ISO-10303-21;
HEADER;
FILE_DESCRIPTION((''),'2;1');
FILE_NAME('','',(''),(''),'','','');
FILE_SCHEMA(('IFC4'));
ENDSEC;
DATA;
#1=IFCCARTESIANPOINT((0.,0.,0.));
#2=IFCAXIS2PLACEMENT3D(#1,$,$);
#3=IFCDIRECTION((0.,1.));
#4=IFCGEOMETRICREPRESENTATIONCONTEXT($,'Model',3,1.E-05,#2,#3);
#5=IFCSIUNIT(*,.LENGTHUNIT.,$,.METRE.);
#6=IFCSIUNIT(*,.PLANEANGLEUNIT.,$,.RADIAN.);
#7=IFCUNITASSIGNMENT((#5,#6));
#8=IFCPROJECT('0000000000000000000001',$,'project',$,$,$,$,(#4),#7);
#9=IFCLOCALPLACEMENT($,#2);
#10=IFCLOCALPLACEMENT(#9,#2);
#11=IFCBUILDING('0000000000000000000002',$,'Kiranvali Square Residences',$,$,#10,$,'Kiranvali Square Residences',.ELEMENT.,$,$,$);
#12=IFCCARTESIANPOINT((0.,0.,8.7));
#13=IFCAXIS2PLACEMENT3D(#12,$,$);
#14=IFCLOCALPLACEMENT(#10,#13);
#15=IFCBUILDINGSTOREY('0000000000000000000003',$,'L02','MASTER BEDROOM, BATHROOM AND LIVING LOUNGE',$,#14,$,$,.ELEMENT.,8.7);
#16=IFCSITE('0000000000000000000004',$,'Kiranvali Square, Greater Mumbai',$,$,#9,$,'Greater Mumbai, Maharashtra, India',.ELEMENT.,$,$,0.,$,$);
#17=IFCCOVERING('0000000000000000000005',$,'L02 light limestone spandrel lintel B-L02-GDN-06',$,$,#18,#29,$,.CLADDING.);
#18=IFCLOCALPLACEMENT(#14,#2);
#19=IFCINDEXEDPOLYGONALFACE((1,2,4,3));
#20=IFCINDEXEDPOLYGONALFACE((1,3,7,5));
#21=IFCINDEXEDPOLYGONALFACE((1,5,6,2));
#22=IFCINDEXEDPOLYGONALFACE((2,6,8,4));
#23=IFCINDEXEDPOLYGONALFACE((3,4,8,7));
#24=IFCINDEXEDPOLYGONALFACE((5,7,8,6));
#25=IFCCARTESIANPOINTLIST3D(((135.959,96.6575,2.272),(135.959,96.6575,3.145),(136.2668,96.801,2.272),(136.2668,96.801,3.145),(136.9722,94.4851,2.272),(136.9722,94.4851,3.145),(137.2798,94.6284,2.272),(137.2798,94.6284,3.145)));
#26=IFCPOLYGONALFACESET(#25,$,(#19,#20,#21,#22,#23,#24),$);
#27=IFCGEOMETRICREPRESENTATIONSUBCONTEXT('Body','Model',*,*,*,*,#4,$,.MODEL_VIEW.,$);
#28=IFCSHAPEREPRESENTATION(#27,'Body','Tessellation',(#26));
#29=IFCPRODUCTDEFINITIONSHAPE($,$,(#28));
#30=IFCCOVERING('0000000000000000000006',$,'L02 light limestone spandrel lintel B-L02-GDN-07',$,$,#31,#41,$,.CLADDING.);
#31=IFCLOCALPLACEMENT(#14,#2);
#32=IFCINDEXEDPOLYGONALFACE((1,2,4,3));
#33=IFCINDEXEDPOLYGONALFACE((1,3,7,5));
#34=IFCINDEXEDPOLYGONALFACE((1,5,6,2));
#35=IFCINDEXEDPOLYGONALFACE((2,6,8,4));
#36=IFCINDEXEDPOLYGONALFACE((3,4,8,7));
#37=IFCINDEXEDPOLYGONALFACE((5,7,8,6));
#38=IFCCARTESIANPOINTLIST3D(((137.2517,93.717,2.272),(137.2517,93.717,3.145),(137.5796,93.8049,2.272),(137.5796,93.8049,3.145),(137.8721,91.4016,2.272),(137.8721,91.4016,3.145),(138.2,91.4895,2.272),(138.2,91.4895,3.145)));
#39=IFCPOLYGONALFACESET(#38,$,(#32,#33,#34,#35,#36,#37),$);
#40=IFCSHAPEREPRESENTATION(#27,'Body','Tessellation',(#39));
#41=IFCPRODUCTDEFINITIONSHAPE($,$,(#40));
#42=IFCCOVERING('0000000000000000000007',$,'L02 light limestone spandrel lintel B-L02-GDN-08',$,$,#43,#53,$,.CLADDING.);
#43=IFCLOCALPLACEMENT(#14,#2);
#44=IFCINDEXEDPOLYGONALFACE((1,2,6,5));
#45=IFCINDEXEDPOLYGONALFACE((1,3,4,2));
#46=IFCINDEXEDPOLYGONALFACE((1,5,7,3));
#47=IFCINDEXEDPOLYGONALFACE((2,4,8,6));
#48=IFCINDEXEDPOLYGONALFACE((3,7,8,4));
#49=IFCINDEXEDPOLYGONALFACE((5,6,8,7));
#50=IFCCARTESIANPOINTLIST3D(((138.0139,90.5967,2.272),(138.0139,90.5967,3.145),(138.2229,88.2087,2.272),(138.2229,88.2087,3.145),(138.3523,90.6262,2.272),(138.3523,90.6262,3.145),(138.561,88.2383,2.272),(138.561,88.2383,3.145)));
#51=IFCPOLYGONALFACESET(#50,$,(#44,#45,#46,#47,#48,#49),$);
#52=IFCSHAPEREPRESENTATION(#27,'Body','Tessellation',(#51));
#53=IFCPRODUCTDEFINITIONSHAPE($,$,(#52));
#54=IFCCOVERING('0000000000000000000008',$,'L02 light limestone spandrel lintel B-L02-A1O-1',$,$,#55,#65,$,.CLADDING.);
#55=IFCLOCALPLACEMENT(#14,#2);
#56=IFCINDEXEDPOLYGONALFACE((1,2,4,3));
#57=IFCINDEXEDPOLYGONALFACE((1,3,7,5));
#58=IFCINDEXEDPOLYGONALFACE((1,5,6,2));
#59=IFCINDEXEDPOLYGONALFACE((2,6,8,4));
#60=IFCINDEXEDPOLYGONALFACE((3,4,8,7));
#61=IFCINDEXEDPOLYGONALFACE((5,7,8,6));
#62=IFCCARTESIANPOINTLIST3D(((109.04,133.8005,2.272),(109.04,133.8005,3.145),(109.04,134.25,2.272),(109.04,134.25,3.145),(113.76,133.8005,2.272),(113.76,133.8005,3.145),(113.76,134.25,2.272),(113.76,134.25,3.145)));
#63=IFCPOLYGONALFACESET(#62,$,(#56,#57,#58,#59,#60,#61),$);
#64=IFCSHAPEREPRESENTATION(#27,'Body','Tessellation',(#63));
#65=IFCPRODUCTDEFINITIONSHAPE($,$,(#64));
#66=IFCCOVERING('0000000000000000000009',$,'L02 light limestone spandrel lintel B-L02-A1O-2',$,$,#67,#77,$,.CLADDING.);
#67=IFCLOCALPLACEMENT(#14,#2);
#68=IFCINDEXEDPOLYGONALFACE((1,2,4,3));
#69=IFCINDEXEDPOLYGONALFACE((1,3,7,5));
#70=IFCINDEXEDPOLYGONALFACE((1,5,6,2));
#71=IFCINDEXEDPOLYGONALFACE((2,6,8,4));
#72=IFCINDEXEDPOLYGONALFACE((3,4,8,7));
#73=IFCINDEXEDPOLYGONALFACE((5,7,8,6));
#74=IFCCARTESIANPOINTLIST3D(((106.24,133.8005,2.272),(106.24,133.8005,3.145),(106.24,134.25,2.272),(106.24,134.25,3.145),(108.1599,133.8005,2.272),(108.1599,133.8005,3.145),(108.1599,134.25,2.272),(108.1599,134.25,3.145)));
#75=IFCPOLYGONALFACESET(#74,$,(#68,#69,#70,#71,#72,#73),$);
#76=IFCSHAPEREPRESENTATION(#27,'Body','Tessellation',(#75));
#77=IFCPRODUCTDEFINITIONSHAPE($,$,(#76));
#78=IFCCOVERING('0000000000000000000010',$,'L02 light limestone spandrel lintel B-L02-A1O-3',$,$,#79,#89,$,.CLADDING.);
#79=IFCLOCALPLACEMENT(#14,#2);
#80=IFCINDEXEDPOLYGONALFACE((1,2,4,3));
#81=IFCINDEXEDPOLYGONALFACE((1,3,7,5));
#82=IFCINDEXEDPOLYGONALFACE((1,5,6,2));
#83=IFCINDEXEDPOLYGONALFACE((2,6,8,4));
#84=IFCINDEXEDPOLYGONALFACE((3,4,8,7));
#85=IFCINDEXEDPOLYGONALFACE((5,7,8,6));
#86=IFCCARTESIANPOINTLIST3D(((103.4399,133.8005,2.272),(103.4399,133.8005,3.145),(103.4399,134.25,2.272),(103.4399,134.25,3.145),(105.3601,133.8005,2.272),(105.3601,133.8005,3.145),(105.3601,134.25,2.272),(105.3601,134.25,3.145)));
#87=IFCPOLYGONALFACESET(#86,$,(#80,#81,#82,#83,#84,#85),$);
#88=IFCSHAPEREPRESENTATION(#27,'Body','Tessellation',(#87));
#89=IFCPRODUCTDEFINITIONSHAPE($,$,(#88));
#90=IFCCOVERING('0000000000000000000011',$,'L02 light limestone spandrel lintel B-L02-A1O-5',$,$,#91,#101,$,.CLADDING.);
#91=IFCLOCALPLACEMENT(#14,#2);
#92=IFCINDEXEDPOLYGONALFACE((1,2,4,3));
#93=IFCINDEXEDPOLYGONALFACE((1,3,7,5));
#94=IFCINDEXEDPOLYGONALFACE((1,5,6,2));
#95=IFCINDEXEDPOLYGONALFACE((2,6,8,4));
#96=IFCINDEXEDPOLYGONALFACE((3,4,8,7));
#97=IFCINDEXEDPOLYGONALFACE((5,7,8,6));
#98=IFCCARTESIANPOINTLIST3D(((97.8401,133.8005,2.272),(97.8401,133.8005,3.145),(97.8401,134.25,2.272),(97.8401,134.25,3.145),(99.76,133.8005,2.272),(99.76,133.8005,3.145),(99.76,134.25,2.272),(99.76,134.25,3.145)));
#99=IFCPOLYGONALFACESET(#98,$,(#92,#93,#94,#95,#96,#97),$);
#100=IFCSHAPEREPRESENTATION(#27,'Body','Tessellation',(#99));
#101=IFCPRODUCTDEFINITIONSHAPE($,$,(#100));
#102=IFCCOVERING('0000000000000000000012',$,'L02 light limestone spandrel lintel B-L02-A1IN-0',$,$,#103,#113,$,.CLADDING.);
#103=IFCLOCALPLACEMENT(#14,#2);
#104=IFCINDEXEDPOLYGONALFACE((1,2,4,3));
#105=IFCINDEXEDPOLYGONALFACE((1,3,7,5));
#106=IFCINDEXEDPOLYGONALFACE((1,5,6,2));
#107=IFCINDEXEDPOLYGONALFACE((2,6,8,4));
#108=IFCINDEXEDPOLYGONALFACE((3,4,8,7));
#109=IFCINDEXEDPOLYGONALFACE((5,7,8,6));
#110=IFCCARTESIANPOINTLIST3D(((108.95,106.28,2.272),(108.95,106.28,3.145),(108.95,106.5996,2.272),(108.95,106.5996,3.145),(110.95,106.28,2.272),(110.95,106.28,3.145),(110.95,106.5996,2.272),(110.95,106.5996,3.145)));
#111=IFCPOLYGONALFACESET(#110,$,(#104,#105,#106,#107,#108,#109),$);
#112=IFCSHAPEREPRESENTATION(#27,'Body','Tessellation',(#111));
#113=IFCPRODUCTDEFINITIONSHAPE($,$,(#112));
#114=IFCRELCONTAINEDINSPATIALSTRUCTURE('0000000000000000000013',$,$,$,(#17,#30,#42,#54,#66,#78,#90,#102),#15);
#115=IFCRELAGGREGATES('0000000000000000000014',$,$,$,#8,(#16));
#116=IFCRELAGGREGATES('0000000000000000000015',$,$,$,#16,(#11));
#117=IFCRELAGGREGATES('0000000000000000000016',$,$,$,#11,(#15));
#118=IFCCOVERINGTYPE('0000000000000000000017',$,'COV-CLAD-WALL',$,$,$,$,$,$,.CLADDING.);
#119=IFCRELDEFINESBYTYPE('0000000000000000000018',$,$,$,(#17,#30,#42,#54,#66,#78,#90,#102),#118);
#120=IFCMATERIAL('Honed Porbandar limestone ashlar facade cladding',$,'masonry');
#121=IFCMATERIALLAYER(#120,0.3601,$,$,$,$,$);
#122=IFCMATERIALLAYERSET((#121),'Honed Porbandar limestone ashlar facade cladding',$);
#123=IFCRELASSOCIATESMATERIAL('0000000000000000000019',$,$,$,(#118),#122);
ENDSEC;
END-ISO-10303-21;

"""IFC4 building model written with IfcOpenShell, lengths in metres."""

from ifc_helpers import new_model, si_unit, direction, frame, origin, place, context, subcontext, project, spatial, polyline, outline, extrude, material, layer, layer_set, type_object, element, save


model = new_model("IFC4")

# Units and contexts
model_context = context("Model", 3, precision=1e-05, world=origin(), true_north=direction((0.0, 1.0)))
body_context = subcontext(model_context, "Body", "Model", "MODEL_VIEW")
ifc_project = project(units=[si_unit("LENGTHUNIT", "METRE"), si_unit("PLANEANGLEUNIT", "RADIAN")], contexts=[model_context])

# Site, building, storey
site_placement = place(None, origin())
site = spatial("IfcSite", under=ifc_project, at=site_placement, Name="Kiranvali Square, Greater Mumbai", LongName="Greater Mumbai, Maharashtra, India", CompositionType="ELEMENT", RefElevation=0.0)
building_placement = place(site_placement, origin())
building = spatial("IfcBuilding", under=site, at=building_placement, Name="Kiranvali Square Residences", LongName="Kiranvali Square Residences", CompositionType="ELEMENT")
storey_placement = place(building_placement, frame((0.0, 0.0, 8.7)))
storey = spatial("IfcBuildingStorey", under=building, at=storey_placement, Name="L02", Description="MASTER BEDROOM, BATHROOM AND LIVING LOUNGE", CompositionType="ELEMENT", Elevation=8.7)

# Coverings
ifc_material = material(Name="Honed Porbandar limestone ashlar facade cladding", Category="masonry")
ifc_layer = layer(ifc_material, 0.3601)
ifc_layer_set = layer_set([ifc_layer], Name="Honed Porbandar limestone ashlar facade cladding")
covering_type = type_object("IfcCoveringType", Name="COV-CLAD-WALL", PredefinedType="CLADDING", material=ifc_layer_set)
covering_1_placement = place(storey_placement, frame((0.0, 0.0, 2.272)))
element("IfcCovering", 1, at=covering_1_placement, inside=storey, type_object=covering_type, Name="L02 light limestone spandrel lintel B-L02-GDN-06", PredefinedType="CLADDING", context=body_context, shape_type="SweptSolid", body=[
    extrude(outline(polyline([(135.959, 96.6575), (136.9722, 94.4851), (137.2798, 94.6284), (136.2668, 96.801), (135.959, 96.6575)])), origin(), (0.0, 0.0, 1.0), 0.873),
])
covering_2_placement = place(storey_placement, frame((0.0, 0.0, 2.272)))
element("IfcCovering", 2, at=covering_2_placement, inside=storey, type_object=covering_type, Name="L02 light limestone spandrel lintel B-L02-GDN-07", PredefinedType="CLADDING", context=body_context, shape_type="SweptSolid", body=[
    extrude(outline(polyline([(137.2517, 93.717), (137.8721, 91.4016), (138.2, 91.4895), (137.5796, 93.8049), (137.2517, 93.717)])), origin(), (0.0, 0.0, 1.0), 0.873),
])
covering_3_placement = place(storey_placement, frame((0.0, 0.0, 2.272)))
element("IfcCovering", 3, at=covering_3_placement, inside=storey, type_object=covering_type, Name="L02 light limestone spandrel lintel B-L02-GDN-08", PredefinedType="CLADDING", context=body_context, shape_type="SweptSolid", body=[
    extrude(outline(polyline([(138.0139, 90.5967), (138.2229, 88.2087), (138.561, 88.2383), (138.3523, 90.6262), (138.0139, 90.5967)])), origin(), (0.0, 0.0, 1.0), 0.873),
])
covering_4_placement = place(storey_placement, frame((0.0, 0.0, 2.272)))
element("IfcCovering", 4, at=covering_4_placement, inside=storey, type_object=covering_type, Name="L02 light limestone spandrel lintel B-L02-A1O-1", PredefinedType="CLADDING", context=body_context, shape_type="SweptSolid", body=[
    extrude(outline(polyline([(113.76, 134.25), (109.04, 134.25), (109.04, 133.8005), (113.76, 133.8005), (113.76, 134.25)])), origin(), (0.0, 0.0, 1.0), 0.873),
])
covering_5_placement = place(storey_placement, frame((0.0, 0.0, 2.272)))
element("IfcCovering", 5, at=covering_5_placement, inside=storey, type_object=covering_type, Name="L02 light limestone spandrel lintel B-L02-A1O-2", PredefinedType="CLADDING", context=body_context, shape_type="SweptSolid", body=[
    extrude(outline(polyline([(108.1599, 134.25), (106.24, 134.25), (106.24, 133.8005), (108.1599, 133.8005), (108.1599, 134.25)])), origin(), (0.0, 0.0, 1.0), 0.873),
])
covering_6_placement = place(storey_placement, frame((0.0, 0.0, 2.272)))
element("IfcCovering", 6, at=covering_6_placement, inside=storey, type_object=covering_type, Name="L02 light limestone spandrel lintel B-L02-A1O-3", PredefinedType="CLADDING", context=body_context, shape_type="SweptSolid", body=[
    extrude(outline(polyline([(105.3601, 134.25), (103.4399, 134.25), (103.4399, 133.8005), (105.3601, 133.8005), (105.3601, 134.25)])), origin(), (0.0, 0.0, 1.0), 0.873),
])
covering_7_placement = place(storey_placement, frame((0.0, 0.0, 2.272)))
element("IfcCovering", 7, at=covering_7_placement, inside=storey, type_object=covering_type, Name="L02 light limestone spandrel lintel B-L02-A1O-5", PredefinedType="CLADDING", context=body_context, shape_type="SweptSolid", body=[
    extrude(outline(polyline([(99.76, 134.25), (97.8401, 134.25), (97.8401, 133.8005), (99.76, 133.8005), (99.76, 134.25)])), origin(), (0.0, 0.0, 1.0), 0.873),
])
covering_8_placement = place(storey_placement, frame((0.0, 0.0, 2.272)))
element("IfcCovering", 8, at=covering_8_placement, inside=storey, type_object=covering_type, Name="L02 light limestone spandrel lintel B-L02-A1IN-0", PredefinedType="CLADDING", context=body_context, shape_type="SweptSolid", body=[
    extrude(outline(polyline([(110.95, 106.5996), (108.95, 106.5996), (108.95, 106.28), (110.95, 106.28), (110.95, 106.5996)])), origin(), (0.0, 0.0, 1.0), 0.873),
])

save(model, "model.ifc")
